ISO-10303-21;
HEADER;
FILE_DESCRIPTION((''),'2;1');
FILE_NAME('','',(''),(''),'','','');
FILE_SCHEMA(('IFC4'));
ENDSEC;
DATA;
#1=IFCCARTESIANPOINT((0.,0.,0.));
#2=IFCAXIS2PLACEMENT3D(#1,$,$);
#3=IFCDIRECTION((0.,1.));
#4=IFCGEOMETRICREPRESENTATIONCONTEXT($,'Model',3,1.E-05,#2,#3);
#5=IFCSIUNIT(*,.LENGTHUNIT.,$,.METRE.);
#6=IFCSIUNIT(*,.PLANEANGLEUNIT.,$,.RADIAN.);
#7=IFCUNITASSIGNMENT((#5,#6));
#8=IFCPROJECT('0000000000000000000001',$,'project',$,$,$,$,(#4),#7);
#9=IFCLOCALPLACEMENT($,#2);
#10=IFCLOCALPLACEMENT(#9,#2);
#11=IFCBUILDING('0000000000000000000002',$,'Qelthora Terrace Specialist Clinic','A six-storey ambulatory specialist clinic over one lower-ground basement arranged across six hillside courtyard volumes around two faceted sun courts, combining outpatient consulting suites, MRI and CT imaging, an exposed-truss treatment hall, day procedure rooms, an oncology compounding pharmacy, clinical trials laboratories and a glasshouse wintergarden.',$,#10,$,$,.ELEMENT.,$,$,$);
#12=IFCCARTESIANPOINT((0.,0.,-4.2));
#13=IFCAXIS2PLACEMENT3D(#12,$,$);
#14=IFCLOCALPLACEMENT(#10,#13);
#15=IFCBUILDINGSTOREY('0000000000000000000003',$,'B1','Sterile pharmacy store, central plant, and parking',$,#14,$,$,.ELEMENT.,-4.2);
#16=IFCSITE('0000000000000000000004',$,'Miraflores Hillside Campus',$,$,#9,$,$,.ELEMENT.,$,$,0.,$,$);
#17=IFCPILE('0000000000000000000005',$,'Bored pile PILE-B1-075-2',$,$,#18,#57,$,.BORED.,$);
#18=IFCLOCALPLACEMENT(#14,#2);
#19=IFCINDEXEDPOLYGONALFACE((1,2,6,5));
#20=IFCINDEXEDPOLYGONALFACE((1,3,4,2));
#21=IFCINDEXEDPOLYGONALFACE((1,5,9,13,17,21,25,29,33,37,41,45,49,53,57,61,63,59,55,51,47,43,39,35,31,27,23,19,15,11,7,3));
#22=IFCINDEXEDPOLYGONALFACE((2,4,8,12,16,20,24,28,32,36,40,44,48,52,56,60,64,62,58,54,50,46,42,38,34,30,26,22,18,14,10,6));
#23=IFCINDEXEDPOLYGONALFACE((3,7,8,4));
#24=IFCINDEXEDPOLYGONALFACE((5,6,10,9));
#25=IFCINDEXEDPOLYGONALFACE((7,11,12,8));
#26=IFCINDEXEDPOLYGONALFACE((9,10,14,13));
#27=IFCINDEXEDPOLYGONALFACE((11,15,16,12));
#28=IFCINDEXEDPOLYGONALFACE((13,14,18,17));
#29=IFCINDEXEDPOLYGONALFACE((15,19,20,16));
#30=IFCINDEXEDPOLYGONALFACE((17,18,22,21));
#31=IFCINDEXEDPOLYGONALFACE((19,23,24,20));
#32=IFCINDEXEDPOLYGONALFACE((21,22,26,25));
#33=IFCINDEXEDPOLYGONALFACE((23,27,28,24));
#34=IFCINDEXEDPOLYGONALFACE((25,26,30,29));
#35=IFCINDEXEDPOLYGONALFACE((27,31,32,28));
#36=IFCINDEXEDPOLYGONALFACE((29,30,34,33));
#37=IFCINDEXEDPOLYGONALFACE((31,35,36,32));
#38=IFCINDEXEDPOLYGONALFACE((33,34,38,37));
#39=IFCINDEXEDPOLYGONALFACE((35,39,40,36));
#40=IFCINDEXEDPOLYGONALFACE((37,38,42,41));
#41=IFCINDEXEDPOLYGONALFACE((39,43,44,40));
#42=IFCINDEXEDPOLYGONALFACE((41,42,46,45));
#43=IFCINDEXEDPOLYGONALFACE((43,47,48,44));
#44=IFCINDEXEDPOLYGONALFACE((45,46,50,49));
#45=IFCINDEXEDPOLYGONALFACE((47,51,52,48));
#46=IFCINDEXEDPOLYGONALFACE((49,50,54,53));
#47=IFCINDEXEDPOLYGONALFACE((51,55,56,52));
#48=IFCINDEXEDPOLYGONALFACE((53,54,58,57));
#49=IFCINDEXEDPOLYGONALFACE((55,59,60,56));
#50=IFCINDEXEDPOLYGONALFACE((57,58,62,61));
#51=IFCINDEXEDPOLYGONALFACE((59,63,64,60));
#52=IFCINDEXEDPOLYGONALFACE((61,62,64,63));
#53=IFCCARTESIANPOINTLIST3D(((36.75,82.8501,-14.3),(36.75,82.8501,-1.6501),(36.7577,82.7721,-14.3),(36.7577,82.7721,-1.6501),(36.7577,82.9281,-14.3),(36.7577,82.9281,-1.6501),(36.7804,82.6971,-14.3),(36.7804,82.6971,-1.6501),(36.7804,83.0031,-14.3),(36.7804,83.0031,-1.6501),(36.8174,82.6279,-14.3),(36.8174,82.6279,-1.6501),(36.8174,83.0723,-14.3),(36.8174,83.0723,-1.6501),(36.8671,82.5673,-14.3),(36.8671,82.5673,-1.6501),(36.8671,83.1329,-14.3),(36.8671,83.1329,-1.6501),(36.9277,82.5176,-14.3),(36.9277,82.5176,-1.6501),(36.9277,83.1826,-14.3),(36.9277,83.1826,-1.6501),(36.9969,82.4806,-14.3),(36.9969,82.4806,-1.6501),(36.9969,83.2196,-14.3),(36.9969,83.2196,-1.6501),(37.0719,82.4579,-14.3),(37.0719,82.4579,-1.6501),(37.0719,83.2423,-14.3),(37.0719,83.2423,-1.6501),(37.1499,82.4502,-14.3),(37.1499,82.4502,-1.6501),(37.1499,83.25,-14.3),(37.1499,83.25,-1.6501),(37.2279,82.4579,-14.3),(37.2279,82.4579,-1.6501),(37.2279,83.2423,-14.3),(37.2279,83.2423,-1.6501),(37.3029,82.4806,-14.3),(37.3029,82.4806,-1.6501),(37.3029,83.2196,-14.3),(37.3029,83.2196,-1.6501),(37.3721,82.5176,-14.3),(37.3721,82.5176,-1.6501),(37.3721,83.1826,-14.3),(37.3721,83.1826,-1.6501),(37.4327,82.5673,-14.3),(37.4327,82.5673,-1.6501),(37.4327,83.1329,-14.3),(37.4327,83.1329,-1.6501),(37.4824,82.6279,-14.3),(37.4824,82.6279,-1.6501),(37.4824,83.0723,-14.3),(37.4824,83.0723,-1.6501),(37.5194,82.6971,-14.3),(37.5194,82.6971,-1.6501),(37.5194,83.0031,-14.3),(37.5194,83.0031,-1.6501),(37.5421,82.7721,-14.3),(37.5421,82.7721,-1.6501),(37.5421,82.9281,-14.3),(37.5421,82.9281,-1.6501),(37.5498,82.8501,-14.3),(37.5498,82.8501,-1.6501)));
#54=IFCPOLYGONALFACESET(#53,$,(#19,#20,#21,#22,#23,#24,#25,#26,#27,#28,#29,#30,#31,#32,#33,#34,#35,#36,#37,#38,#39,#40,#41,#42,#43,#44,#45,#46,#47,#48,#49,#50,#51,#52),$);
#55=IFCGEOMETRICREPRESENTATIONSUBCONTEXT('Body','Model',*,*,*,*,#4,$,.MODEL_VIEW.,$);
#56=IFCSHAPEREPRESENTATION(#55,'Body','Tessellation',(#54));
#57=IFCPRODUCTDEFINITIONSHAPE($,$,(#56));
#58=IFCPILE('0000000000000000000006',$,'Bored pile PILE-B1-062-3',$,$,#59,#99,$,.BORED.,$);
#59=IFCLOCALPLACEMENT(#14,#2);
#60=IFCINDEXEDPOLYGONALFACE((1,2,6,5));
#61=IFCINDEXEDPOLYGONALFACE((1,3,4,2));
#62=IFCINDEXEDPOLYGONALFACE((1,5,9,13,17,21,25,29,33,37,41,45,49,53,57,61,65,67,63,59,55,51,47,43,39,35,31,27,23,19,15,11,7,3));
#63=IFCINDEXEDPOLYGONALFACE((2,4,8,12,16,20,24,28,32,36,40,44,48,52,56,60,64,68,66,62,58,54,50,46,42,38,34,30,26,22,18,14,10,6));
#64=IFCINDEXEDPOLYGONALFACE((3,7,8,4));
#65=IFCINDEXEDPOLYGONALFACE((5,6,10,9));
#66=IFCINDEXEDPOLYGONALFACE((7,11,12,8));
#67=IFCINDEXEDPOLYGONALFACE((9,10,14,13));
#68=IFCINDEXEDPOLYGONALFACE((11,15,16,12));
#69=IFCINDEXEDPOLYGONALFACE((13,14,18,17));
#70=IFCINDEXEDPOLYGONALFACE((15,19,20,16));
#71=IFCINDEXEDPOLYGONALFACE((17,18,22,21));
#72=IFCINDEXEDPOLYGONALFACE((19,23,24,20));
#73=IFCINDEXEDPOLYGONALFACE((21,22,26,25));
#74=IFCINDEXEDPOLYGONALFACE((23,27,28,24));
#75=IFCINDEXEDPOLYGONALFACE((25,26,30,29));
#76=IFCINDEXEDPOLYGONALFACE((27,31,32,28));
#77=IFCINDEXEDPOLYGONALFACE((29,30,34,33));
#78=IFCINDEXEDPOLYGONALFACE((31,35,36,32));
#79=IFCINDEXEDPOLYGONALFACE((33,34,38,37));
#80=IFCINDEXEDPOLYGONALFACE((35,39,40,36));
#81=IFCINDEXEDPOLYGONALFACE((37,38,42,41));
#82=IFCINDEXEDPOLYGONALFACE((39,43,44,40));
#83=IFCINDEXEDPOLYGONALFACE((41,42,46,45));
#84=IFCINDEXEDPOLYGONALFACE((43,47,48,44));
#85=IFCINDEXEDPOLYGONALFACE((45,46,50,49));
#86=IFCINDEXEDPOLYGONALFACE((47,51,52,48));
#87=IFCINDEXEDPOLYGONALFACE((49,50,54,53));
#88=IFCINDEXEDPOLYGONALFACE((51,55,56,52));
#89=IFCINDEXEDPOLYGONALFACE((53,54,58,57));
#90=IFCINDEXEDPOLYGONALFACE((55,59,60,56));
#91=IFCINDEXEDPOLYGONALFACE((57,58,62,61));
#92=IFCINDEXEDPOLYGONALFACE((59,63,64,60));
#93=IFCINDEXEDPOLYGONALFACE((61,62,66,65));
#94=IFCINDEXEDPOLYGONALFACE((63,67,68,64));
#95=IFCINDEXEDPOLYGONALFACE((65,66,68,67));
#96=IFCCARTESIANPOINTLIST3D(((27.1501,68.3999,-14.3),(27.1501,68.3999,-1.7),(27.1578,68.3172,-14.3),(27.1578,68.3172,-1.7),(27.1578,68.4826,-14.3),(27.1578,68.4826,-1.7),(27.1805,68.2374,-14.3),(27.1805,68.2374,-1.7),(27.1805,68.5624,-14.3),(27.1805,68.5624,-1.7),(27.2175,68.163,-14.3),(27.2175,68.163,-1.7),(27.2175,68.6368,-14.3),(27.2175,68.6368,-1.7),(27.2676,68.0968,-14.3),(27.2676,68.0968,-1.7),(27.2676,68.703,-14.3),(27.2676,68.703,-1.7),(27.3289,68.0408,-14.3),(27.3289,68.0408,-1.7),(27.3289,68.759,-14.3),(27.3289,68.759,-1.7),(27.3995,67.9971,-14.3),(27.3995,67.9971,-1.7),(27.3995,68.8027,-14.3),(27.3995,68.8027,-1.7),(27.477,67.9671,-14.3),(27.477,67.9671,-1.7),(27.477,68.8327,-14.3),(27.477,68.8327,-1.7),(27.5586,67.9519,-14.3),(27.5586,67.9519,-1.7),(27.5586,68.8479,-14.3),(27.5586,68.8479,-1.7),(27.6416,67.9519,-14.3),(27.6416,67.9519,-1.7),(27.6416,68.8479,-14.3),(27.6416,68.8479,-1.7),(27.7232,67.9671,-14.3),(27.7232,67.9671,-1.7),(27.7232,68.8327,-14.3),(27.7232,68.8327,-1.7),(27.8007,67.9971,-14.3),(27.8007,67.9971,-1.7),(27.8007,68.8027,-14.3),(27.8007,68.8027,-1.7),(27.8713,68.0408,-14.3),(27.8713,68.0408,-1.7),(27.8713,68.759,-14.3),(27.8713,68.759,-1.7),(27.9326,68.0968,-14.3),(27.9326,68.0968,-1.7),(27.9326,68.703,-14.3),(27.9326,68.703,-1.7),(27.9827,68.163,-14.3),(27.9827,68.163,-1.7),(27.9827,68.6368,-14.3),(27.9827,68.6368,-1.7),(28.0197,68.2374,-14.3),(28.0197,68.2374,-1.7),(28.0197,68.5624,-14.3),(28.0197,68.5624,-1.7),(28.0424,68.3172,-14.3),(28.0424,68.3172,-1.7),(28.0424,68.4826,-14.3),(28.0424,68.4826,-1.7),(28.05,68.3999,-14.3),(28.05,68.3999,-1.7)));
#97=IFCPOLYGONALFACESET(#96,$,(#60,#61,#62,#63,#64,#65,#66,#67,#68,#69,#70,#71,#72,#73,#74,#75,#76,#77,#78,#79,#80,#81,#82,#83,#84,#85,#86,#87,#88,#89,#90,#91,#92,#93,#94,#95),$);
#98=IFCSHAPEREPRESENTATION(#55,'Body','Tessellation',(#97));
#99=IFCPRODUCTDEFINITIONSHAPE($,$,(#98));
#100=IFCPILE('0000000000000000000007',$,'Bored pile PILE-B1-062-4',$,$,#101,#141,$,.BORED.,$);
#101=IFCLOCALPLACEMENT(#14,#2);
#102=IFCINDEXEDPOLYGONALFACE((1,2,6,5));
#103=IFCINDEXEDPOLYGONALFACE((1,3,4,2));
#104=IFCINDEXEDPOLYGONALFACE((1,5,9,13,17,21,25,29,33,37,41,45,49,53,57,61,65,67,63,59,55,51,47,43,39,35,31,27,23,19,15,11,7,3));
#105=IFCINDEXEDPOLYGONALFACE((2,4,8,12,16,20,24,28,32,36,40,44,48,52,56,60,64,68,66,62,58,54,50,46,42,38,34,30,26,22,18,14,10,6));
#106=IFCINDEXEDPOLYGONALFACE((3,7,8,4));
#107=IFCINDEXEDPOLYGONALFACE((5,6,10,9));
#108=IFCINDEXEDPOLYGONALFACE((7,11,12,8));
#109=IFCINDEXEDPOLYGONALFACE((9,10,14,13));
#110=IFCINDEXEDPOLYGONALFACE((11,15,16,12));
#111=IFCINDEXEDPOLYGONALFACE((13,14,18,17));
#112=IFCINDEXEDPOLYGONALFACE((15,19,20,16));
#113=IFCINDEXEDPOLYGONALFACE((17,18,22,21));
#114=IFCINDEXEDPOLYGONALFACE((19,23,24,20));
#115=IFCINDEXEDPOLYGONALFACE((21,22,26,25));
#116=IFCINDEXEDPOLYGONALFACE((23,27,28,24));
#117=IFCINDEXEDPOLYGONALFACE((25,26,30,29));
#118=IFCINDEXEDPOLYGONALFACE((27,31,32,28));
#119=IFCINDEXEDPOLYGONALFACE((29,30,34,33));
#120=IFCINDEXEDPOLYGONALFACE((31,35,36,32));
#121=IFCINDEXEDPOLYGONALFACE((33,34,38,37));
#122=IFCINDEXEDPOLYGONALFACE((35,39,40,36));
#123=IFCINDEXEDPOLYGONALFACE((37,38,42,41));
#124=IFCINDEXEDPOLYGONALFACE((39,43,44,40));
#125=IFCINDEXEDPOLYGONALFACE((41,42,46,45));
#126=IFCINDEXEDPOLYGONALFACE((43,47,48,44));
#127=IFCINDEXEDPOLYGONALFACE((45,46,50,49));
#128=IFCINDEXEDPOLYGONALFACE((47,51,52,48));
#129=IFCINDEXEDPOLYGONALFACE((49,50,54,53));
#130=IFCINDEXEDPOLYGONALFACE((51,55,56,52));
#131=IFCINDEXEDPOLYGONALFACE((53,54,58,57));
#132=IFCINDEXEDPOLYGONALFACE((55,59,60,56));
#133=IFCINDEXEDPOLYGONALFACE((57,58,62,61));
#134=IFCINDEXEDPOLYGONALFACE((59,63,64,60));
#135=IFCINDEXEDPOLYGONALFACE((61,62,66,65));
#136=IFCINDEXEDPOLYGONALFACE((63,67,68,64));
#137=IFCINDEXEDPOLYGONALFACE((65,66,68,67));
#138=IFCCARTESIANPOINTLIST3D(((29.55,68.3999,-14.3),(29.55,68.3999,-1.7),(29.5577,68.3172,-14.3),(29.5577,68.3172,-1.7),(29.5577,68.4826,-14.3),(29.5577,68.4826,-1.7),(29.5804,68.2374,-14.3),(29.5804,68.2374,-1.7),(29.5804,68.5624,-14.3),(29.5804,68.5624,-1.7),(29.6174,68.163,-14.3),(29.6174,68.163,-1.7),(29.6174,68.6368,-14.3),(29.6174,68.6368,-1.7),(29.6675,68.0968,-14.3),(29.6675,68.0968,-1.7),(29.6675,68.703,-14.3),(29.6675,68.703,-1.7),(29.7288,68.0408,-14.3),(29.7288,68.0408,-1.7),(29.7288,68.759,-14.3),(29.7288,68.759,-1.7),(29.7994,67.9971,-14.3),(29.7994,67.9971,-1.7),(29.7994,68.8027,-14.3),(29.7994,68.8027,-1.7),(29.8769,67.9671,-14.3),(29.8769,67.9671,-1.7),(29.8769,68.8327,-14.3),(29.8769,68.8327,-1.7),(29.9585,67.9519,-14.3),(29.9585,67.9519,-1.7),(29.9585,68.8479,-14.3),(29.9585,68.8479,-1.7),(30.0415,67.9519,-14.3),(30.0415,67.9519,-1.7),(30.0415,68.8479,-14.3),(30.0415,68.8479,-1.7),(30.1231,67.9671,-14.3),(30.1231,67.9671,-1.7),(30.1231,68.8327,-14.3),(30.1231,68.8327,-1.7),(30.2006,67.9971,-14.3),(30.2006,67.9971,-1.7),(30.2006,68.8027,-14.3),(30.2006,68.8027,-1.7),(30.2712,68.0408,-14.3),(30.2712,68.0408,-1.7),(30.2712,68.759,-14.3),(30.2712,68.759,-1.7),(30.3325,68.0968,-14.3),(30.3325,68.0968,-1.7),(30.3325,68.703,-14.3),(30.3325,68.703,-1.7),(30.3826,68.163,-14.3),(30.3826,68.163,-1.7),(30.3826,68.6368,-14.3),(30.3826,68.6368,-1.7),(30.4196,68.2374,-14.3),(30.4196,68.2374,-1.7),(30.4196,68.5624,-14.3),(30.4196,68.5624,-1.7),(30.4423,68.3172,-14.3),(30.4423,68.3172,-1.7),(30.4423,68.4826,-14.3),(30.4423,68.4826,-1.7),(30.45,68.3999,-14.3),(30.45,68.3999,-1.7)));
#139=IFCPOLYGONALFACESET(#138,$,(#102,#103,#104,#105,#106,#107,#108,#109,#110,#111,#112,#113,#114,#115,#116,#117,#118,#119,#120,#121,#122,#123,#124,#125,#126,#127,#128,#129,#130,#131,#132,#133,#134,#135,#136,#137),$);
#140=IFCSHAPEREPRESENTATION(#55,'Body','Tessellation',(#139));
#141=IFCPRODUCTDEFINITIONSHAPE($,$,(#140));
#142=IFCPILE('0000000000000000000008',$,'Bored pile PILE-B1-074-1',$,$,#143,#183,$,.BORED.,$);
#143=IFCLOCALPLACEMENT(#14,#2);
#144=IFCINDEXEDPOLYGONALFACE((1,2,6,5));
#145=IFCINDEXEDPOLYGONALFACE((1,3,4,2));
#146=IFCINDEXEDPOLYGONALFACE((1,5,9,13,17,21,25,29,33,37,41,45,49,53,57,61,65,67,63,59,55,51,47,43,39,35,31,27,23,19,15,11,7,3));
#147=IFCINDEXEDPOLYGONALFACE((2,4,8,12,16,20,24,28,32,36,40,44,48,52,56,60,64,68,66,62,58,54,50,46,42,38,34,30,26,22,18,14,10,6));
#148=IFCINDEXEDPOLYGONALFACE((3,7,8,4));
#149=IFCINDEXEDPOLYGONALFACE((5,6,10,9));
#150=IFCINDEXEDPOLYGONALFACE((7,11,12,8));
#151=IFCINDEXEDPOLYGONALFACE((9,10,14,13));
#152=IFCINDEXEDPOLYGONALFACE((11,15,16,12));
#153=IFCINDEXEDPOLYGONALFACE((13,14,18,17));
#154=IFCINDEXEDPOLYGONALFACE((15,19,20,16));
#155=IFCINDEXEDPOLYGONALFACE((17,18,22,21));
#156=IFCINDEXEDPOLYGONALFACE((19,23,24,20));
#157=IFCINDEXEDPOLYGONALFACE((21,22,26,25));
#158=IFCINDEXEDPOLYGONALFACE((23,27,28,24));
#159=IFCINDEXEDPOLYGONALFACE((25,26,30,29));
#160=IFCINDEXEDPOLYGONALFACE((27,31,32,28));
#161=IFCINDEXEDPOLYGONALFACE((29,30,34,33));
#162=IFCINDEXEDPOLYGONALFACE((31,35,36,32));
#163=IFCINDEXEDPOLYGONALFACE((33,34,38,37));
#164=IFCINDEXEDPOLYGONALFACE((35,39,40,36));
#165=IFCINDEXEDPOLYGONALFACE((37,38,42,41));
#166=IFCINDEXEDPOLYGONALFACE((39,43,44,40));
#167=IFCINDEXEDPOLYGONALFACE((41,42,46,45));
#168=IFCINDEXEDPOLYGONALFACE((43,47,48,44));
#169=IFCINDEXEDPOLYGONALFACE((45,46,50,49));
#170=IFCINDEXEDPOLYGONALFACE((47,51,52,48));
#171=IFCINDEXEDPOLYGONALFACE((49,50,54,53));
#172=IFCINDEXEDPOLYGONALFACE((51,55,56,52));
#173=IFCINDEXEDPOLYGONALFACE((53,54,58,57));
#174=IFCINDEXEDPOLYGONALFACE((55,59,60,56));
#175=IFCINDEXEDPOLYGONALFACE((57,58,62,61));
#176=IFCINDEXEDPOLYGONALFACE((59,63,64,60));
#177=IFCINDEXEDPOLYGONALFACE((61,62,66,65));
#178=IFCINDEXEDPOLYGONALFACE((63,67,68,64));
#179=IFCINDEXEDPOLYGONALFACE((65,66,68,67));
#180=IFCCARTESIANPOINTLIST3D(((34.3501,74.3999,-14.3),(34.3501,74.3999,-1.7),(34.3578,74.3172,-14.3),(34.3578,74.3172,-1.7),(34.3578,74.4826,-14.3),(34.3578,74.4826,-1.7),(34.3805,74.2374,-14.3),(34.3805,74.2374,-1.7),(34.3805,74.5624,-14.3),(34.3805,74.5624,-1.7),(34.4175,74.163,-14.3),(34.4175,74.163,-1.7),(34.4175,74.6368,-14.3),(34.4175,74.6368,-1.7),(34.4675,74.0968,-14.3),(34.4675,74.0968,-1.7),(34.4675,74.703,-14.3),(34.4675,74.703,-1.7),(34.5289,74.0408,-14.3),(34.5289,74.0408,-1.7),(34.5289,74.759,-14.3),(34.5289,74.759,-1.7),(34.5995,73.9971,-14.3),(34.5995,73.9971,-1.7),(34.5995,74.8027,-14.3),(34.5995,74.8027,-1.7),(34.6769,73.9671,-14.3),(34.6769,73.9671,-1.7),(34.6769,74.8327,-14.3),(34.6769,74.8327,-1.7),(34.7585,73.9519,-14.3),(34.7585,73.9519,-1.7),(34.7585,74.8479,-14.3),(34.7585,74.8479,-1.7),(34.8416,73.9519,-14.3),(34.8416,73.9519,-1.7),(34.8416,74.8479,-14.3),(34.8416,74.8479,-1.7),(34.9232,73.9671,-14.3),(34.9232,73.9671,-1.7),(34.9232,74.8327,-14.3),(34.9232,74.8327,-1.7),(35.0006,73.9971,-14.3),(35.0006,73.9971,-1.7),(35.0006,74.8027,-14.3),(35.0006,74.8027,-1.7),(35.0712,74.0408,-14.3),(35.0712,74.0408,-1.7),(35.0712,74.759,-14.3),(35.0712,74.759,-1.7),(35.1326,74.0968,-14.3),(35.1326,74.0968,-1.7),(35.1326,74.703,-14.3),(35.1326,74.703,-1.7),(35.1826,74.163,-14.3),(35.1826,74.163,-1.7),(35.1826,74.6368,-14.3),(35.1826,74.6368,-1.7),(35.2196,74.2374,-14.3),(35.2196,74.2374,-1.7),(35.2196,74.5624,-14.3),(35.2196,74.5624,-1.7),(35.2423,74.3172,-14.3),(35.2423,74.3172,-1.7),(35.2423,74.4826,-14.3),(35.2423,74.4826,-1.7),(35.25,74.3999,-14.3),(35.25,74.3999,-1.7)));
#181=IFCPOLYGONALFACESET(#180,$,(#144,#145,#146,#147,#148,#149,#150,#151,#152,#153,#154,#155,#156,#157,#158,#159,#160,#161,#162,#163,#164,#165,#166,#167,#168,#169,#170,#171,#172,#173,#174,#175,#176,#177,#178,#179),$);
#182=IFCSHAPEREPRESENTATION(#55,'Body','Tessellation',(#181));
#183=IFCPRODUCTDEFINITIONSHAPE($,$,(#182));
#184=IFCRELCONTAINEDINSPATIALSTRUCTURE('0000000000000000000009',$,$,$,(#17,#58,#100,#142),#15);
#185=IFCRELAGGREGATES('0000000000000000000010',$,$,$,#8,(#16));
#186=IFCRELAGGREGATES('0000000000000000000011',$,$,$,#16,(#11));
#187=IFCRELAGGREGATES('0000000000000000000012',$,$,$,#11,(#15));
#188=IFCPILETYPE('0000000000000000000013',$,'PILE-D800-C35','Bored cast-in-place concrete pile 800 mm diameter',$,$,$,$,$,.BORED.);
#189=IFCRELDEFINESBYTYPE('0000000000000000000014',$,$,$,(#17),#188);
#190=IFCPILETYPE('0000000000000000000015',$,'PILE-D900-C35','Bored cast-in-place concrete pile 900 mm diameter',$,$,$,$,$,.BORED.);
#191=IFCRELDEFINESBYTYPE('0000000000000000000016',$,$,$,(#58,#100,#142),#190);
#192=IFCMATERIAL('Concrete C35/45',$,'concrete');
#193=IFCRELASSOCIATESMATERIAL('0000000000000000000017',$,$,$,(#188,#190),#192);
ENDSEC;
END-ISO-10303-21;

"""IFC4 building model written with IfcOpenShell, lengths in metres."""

from ifc_helpers import new_model, si_unit, direction, frame, origin, origin_2d, place, context, subcontext, project, spatial, circle, extrude, material, material_profile, profile_set, type_object, element, save


model = new_model("IFC4")

# Units and contexts
model_context = context("Model", 3, precision=1e-05, world=origin(), true_north=direction((0.0, 1.0)))
body_context = subcontext(model_context, "Body", "Model", "MODEL_VIEW")
ifc_project = project(units=[si_unit("LENGTHUNIT", "METRE"), si_unit("PLANEANGLEUNIT", "RADIAN")], contexts=[model_context])

# Site, building, storey
site_placement = place(None, origin())
site = spatial("IfcSite", under=ifc_project, at=site_placement, Name="Miraflores Hillside Campus", CompositionType="ELEMENT", RefElevation=0.0)
building_placement = place(site_placement, origin())
building = spatial("IfcBuilding", under=site, at=building_placement, Name="Qelthora Terrace Specialist Clinic", Description="A six-storey ambulatory specialist clinic over one lower-ground basement arranged across six hillside courtyard volumes around two faceted sun courts, combining outpatient consulting suites, MRI and CT imaging, an exposed-truss treatment hall, day procedure rooms, an oncology compounding pharmacy, clinical trials laboratories and a glasshouse wintergarden.", CompositionType="ELEMENT")
storey_placement = place(building_placement, frame((0.0, 0.0, -4.2)))
storey = spatial("IfcBuildingStorey", under=building, at=storey_placement, Name="B1", Description="Sterile pharmacy store, central plant, and parking", CompositionType="ELEMENT", Elevation=-4.2)

# Shared definitions
ifc_material_1 = material(Name="Concrete C35/45", Category="concrete")

# Piles
ifc_material_profile_1 = material_profile(ifc_material_1, circle(Radius=0.3999, at=origin_2d()), Name="PILE800")
ifc_profile_set_1 = profile_set([ifc_material_profile_1], Name="Concrete C35/45")
pile_type_1 = type_object("IfcPileType", Name="PILE-D800-C35", Description="Bored cast-in-place concrete pile 800 mm diameter", PredefinedType="BORED", material=ifc_profile_set_1)
for number, where, z_axis, x_axis, name in (
    (1, (37.1499, 82.8501, -1.6501), (0.0, 0.0, -1.0), (1.0, 0.0, 0.0), "Bored pile PILE-B1-075-2"),
):
    element("IfcPile", number, at=place(storey_placement, frame(where, z_axis=z_axis, x_axis=x_axis)), inside=storey, type_object=pile_type_1, Name=name, PredefinedType="BORED", context=body_context, shape_type="SweptSolid", body=[
        extrude(circle(Radius=0.3999, at=origin_2d()), origin(), (0.0, 0.0, 1.0), 12.6499),
    ])
ifc_material_profile_2 = material_profile(ifc_material_1, circle(Radius=0.45, at=origin_2d()), Name="PILE900")
ifc_profile_set_2 = profile_set([ifc_material_profile_2], Name="Concrete C35/45")
pile_type_2 = type_object("IfcPileType", Name="PILE-D900-C35", Description="Bored cast-in-place concrete pile 900 mm diameter", PredefinedType="BORED", material=ifc_profile_set_2)
for number, where, z_axis, x_axis, name in (
    (2, (27.6001, 68.3999, -1.7), (0.0, 0.0, -1.0), (1.0, 0.0, 0.0), "Bored pile PILE-B1-062-3"),
    (3, (30.0, 68.3999, -1.7), (0.0, 0.0, -1.0), (1.0, 0.0, 0.0), "Bored pile PILE-B1-062-4"),
    (4, (34.8, 74.3999, -1.7), (0.0, 0.0, -1.0), (1.0, 0.0, 0.0), "Bored pile PILE-B1-074-1"),
):
    element("IfcPile", number, at=place(storey_placement, frame(where, z_axis=z_axis, x_axis=x_axis)), inside=storey, type_object=pile_type_2, Name=name, PredefinedType="BORED", context=body_context, shape_type="SweptSolid", body=[
        extrude(circle(Radius=0.45, at=origin_2d()), origin(), (0.0, 0.0, 1.0), 12.6001),
    ])

save(model, "model.ifc")
